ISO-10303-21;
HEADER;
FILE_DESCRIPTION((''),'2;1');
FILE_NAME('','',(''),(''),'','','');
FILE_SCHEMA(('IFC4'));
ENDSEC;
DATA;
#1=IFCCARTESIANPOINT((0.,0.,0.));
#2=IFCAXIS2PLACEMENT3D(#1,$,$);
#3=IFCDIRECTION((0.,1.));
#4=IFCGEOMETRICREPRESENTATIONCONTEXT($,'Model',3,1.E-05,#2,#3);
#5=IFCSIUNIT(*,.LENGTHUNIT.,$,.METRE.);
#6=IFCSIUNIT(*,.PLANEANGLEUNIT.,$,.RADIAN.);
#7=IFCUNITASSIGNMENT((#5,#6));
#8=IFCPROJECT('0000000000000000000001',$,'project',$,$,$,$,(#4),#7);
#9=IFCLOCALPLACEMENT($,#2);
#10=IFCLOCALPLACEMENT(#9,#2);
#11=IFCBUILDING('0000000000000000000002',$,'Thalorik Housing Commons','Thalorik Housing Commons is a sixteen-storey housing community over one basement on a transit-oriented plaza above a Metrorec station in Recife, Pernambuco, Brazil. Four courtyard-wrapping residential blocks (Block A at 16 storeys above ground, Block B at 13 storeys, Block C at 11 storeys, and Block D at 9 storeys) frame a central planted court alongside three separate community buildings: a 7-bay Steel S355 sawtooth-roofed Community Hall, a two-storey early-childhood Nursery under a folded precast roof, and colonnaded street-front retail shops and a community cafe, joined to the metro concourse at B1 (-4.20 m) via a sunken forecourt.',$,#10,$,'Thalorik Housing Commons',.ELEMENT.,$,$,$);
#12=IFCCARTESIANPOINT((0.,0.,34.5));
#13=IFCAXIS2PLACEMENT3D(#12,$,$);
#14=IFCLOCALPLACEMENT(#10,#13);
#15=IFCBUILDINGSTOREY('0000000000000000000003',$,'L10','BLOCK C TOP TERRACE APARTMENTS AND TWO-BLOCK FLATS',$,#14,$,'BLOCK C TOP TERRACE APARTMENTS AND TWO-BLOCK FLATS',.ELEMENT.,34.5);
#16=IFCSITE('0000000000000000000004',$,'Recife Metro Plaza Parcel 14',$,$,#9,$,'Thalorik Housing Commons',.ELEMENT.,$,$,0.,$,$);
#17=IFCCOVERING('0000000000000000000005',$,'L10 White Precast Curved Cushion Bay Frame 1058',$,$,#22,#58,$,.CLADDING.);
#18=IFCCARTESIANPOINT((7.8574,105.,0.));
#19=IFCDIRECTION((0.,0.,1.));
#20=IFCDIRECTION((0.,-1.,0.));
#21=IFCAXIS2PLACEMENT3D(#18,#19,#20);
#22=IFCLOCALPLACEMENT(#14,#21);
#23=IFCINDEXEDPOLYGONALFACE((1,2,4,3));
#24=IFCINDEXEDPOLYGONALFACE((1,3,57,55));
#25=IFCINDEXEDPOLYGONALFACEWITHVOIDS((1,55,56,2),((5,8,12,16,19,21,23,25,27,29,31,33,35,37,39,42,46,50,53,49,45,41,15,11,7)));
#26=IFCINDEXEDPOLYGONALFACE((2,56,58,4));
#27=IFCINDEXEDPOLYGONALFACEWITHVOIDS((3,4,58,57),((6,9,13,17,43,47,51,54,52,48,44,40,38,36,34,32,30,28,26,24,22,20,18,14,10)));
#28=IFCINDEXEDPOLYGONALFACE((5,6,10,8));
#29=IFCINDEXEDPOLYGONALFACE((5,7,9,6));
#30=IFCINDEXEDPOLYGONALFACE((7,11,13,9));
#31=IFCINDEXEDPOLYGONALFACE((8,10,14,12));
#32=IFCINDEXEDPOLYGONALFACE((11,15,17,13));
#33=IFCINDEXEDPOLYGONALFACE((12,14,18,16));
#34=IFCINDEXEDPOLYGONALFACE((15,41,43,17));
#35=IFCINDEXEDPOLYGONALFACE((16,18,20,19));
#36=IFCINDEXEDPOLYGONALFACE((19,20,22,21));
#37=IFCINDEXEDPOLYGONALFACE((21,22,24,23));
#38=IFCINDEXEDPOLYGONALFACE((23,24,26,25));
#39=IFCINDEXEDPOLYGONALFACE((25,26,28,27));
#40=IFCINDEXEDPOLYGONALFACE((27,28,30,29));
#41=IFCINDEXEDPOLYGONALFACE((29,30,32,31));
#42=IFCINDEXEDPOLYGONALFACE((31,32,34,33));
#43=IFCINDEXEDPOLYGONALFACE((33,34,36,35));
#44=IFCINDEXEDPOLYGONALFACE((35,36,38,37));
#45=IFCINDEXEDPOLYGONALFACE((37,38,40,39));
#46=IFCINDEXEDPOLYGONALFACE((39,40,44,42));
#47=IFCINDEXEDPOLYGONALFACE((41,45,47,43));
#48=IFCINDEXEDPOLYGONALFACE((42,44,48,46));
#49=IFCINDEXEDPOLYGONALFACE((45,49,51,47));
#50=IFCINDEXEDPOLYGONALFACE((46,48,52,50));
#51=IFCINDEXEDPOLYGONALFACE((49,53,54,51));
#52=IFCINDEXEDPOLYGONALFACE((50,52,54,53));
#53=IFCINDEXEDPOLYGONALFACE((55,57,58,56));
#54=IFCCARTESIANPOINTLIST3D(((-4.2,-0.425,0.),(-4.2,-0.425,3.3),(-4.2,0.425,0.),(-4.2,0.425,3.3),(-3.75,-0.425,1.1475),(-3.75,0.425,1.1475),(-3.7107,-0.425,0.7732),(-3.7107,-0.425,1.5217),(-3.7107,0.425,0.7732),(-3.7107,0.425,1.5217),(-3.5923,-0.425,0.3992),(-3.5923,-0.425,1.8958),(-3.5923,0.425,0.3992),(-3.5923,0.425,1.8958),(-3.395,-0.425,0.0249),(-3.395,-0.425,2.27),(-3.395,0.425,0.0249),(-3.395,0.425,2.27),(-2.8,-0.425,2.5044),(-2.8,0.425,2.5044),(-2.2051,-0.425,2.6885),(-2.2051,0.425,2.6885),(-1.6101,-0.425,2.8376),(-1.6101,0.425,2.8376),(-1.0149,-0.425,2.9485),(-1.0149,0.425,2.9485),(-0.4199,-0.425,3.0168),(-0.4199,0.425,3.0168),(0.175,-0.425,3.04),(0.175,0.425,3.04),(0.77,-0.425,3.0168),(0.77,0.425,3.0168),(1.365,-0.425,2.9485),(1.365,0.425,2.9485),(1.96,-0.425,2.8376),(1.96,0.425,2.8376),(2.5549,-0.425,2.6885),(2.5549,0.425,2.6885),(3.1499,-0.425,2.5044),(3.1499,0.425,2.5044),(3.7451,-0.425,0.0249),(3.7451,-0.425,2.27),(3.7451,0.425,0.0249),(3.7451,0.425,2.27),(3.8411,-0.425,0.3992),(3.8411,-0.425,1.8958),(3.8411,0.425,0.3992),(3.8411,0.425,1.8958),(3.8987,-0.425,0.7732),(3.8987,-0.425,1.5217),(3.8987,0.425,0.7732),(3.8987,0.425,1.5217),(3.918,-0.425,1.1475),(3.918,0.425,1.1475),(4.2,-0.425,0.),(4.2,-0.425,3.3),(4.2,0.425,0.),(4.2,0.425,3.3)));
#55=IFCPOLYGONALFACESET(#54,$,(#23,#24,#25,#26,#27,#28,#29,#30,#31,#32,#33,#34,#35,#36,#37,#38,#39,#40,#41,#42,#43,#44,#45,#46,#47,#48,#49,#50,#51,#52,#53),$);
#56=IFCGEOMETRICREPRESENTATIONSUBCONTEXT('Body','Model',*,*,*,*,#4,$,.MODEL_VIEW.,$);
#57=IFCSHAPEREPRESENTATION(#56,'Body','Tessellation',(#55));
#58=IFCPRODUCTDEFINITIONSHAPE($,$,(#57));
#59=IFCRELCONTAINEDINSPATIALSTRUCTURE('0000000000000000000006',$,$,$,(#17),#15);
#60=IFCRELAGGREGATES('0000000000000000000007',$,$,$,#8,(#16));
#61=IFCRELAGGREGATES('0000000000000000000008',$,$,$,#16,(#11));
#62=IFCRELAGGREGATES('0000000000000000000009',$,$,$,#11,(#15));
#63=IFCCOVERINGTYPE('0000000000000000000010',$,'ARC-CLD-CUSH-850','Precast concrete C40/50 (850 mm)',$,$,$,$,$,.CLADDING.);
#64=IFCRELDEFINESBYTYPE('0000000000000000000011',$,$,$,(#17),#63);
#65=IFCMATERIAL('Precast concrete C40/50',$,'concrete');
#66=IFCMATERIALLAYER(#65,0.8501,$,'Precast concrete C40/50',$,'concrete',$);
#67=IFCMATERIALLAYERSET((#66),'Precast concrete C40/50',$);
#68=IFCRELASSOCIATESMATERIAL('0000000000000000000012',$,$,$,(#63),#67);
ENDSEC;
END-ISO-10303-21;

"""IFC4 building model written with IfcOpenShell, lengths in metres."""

from ifc_helpers import new_model, si_unit, direction, frame, origin, place, context, subcontext, project, spatial, polyline, outline, extrude, material, layer, layer_set, type_object, element, save


model = new_model("IFC4")

# Units and contexts
model_context = context("Model", 3, precision=1e-05, world=origin(), true_north=direction((0.0, 1.0)))
body_context = subcontext(model_context, "Body", "Model", "MODEL_VIEW")
ifc_project = project(units=[si_unit("LENGTHUNIT", "METRE"), si_unit("PLANEANGLEUNIT", "RADIAN")], contexts=[model_context])

# Site, building, storey
site_placement = place(None, origin())
site = spatial("IfcSite", under=ifc_project, at=site_placement, Name="Recife Metro Plaza Parcel 14", LongName="Thalorik Housing Commons", CompositionType="ELEMENT", RefElevation=0.0)
building_placement = place(site_placement, origin())
building = spatial("IfcBuilding", under=site, at=building_placement, Name="Thalorik Housing Commons", Description="Thalorik Housing Commons is a sixteen-storey housing community over one basement on a transit-oriented plaza above a Metrorec station in Recife, Pernambuco, Brazil. Four courtyard-wrapping residential blocks (Block A at 16 storeys above ground, Block B at 13 storeys, Block C at 11 storeys, and Block D at 9 storeys) frame a central planted court alongside three separate community buildings: a 7-bay Steel S355 sawtooth-roofed Community Hall, a two-storey early-childhood Nursery under a folded precast roof, and colonnaded street-front retail shops and a community cafe, joined to the metro concourse at B1 (-4.20 m) via a sunken forecourt.", LongName="Thalorik Housing Commons", CompositionType="ELEMENT")
storey_placement = place(building_placement, frame((0.0, 0.0, 34.5)))
storey = spatial("IfcBuildingStorey", under=building, at=storey_placement, Name="L10", Description="BLOCK C TOP TERRACE APARTMENTS AND TWO-BLOCK FLATS", LongName="BLOCK C TOP TERRACE APARTMENTS AND TWO-BLOCK FLATS", CompositionType="ELEMENT", Elevation=34.5)

# Shared definitions
ifc_material_1 = material(Name="Precast concrete C40/50", Category="concrete")

# Covering
ifc_layer_1 = layer(ifc_material_1, 0.8501, Name="Precast concrete C40/50", Category="concrete")
ifc_layer_set_1 = layer_set([ifc_layer_1], Name="Precast concrete C40/50")
covering_type = type_object("IfcCoveringType", Name="ARC-CLD-CUSH-850", Description="Precast concrete C40/50 (850 mm)", PredefinedType="CLADDING", material=ifc_layer_set_1)
covering_placement = place(storey_placement, frame((7.8574, 105.0, 0.0), z_axis=(0.0, 0.0, 1.0), x_axis=(0.0, -1.0, 0.0)))
element("IfcCovering", 1, at=covering_placement, inside=storey, type_object=covering_type, Name="L10 White Precast Curved Cushion Bay Frame 1058", PredefinedType="CLADDING", context=body_context, shape_type="SweptSolid", body=[
    extrude(outline(polyline([(-4.2, 0.0), (4.2, 0.0), (4.2, 3.3), (-4.2, 3.3), (-4.2, 0.0)]), holes=[polyline([(3.7451, 0.0249), (3.8411, 0.3992), (3.8987, 0.7732), (3.918, 1.1475), (3.8987, 1.5217), (3.8411, 1.8958), (3.7451, 2.27), (3.1499, 2.5044), (2.5549, 2.6885), (1.96, 2.8376), (1.365, 2.9485), (0.77, 3.0168), (0.175, 3.04), (-0.4199, 3.0168), (-1.0149, 2.9485), (-1.6101, 2.8376), (-2.2051, 2.6885), (-2.8, 2.5044), (-3.395, 2.27), (-3.5923, 1.8958), (-3.7107, 1.5217), (-3.75, 1.1475), (-3.7107, 0.7732), (-3.5923, 0.3992), (-3.395, 0.0249), (3.7451, 0.0249)])]), frame((0.0, 0.425, 0.0), z_axis=(0.0, -1.0, 0.0), x_axis=(1.0, 0.0, 0.0)), (0.0, 0.0, 1.0), 0.8501),
])

save(model, "model.ifc")
